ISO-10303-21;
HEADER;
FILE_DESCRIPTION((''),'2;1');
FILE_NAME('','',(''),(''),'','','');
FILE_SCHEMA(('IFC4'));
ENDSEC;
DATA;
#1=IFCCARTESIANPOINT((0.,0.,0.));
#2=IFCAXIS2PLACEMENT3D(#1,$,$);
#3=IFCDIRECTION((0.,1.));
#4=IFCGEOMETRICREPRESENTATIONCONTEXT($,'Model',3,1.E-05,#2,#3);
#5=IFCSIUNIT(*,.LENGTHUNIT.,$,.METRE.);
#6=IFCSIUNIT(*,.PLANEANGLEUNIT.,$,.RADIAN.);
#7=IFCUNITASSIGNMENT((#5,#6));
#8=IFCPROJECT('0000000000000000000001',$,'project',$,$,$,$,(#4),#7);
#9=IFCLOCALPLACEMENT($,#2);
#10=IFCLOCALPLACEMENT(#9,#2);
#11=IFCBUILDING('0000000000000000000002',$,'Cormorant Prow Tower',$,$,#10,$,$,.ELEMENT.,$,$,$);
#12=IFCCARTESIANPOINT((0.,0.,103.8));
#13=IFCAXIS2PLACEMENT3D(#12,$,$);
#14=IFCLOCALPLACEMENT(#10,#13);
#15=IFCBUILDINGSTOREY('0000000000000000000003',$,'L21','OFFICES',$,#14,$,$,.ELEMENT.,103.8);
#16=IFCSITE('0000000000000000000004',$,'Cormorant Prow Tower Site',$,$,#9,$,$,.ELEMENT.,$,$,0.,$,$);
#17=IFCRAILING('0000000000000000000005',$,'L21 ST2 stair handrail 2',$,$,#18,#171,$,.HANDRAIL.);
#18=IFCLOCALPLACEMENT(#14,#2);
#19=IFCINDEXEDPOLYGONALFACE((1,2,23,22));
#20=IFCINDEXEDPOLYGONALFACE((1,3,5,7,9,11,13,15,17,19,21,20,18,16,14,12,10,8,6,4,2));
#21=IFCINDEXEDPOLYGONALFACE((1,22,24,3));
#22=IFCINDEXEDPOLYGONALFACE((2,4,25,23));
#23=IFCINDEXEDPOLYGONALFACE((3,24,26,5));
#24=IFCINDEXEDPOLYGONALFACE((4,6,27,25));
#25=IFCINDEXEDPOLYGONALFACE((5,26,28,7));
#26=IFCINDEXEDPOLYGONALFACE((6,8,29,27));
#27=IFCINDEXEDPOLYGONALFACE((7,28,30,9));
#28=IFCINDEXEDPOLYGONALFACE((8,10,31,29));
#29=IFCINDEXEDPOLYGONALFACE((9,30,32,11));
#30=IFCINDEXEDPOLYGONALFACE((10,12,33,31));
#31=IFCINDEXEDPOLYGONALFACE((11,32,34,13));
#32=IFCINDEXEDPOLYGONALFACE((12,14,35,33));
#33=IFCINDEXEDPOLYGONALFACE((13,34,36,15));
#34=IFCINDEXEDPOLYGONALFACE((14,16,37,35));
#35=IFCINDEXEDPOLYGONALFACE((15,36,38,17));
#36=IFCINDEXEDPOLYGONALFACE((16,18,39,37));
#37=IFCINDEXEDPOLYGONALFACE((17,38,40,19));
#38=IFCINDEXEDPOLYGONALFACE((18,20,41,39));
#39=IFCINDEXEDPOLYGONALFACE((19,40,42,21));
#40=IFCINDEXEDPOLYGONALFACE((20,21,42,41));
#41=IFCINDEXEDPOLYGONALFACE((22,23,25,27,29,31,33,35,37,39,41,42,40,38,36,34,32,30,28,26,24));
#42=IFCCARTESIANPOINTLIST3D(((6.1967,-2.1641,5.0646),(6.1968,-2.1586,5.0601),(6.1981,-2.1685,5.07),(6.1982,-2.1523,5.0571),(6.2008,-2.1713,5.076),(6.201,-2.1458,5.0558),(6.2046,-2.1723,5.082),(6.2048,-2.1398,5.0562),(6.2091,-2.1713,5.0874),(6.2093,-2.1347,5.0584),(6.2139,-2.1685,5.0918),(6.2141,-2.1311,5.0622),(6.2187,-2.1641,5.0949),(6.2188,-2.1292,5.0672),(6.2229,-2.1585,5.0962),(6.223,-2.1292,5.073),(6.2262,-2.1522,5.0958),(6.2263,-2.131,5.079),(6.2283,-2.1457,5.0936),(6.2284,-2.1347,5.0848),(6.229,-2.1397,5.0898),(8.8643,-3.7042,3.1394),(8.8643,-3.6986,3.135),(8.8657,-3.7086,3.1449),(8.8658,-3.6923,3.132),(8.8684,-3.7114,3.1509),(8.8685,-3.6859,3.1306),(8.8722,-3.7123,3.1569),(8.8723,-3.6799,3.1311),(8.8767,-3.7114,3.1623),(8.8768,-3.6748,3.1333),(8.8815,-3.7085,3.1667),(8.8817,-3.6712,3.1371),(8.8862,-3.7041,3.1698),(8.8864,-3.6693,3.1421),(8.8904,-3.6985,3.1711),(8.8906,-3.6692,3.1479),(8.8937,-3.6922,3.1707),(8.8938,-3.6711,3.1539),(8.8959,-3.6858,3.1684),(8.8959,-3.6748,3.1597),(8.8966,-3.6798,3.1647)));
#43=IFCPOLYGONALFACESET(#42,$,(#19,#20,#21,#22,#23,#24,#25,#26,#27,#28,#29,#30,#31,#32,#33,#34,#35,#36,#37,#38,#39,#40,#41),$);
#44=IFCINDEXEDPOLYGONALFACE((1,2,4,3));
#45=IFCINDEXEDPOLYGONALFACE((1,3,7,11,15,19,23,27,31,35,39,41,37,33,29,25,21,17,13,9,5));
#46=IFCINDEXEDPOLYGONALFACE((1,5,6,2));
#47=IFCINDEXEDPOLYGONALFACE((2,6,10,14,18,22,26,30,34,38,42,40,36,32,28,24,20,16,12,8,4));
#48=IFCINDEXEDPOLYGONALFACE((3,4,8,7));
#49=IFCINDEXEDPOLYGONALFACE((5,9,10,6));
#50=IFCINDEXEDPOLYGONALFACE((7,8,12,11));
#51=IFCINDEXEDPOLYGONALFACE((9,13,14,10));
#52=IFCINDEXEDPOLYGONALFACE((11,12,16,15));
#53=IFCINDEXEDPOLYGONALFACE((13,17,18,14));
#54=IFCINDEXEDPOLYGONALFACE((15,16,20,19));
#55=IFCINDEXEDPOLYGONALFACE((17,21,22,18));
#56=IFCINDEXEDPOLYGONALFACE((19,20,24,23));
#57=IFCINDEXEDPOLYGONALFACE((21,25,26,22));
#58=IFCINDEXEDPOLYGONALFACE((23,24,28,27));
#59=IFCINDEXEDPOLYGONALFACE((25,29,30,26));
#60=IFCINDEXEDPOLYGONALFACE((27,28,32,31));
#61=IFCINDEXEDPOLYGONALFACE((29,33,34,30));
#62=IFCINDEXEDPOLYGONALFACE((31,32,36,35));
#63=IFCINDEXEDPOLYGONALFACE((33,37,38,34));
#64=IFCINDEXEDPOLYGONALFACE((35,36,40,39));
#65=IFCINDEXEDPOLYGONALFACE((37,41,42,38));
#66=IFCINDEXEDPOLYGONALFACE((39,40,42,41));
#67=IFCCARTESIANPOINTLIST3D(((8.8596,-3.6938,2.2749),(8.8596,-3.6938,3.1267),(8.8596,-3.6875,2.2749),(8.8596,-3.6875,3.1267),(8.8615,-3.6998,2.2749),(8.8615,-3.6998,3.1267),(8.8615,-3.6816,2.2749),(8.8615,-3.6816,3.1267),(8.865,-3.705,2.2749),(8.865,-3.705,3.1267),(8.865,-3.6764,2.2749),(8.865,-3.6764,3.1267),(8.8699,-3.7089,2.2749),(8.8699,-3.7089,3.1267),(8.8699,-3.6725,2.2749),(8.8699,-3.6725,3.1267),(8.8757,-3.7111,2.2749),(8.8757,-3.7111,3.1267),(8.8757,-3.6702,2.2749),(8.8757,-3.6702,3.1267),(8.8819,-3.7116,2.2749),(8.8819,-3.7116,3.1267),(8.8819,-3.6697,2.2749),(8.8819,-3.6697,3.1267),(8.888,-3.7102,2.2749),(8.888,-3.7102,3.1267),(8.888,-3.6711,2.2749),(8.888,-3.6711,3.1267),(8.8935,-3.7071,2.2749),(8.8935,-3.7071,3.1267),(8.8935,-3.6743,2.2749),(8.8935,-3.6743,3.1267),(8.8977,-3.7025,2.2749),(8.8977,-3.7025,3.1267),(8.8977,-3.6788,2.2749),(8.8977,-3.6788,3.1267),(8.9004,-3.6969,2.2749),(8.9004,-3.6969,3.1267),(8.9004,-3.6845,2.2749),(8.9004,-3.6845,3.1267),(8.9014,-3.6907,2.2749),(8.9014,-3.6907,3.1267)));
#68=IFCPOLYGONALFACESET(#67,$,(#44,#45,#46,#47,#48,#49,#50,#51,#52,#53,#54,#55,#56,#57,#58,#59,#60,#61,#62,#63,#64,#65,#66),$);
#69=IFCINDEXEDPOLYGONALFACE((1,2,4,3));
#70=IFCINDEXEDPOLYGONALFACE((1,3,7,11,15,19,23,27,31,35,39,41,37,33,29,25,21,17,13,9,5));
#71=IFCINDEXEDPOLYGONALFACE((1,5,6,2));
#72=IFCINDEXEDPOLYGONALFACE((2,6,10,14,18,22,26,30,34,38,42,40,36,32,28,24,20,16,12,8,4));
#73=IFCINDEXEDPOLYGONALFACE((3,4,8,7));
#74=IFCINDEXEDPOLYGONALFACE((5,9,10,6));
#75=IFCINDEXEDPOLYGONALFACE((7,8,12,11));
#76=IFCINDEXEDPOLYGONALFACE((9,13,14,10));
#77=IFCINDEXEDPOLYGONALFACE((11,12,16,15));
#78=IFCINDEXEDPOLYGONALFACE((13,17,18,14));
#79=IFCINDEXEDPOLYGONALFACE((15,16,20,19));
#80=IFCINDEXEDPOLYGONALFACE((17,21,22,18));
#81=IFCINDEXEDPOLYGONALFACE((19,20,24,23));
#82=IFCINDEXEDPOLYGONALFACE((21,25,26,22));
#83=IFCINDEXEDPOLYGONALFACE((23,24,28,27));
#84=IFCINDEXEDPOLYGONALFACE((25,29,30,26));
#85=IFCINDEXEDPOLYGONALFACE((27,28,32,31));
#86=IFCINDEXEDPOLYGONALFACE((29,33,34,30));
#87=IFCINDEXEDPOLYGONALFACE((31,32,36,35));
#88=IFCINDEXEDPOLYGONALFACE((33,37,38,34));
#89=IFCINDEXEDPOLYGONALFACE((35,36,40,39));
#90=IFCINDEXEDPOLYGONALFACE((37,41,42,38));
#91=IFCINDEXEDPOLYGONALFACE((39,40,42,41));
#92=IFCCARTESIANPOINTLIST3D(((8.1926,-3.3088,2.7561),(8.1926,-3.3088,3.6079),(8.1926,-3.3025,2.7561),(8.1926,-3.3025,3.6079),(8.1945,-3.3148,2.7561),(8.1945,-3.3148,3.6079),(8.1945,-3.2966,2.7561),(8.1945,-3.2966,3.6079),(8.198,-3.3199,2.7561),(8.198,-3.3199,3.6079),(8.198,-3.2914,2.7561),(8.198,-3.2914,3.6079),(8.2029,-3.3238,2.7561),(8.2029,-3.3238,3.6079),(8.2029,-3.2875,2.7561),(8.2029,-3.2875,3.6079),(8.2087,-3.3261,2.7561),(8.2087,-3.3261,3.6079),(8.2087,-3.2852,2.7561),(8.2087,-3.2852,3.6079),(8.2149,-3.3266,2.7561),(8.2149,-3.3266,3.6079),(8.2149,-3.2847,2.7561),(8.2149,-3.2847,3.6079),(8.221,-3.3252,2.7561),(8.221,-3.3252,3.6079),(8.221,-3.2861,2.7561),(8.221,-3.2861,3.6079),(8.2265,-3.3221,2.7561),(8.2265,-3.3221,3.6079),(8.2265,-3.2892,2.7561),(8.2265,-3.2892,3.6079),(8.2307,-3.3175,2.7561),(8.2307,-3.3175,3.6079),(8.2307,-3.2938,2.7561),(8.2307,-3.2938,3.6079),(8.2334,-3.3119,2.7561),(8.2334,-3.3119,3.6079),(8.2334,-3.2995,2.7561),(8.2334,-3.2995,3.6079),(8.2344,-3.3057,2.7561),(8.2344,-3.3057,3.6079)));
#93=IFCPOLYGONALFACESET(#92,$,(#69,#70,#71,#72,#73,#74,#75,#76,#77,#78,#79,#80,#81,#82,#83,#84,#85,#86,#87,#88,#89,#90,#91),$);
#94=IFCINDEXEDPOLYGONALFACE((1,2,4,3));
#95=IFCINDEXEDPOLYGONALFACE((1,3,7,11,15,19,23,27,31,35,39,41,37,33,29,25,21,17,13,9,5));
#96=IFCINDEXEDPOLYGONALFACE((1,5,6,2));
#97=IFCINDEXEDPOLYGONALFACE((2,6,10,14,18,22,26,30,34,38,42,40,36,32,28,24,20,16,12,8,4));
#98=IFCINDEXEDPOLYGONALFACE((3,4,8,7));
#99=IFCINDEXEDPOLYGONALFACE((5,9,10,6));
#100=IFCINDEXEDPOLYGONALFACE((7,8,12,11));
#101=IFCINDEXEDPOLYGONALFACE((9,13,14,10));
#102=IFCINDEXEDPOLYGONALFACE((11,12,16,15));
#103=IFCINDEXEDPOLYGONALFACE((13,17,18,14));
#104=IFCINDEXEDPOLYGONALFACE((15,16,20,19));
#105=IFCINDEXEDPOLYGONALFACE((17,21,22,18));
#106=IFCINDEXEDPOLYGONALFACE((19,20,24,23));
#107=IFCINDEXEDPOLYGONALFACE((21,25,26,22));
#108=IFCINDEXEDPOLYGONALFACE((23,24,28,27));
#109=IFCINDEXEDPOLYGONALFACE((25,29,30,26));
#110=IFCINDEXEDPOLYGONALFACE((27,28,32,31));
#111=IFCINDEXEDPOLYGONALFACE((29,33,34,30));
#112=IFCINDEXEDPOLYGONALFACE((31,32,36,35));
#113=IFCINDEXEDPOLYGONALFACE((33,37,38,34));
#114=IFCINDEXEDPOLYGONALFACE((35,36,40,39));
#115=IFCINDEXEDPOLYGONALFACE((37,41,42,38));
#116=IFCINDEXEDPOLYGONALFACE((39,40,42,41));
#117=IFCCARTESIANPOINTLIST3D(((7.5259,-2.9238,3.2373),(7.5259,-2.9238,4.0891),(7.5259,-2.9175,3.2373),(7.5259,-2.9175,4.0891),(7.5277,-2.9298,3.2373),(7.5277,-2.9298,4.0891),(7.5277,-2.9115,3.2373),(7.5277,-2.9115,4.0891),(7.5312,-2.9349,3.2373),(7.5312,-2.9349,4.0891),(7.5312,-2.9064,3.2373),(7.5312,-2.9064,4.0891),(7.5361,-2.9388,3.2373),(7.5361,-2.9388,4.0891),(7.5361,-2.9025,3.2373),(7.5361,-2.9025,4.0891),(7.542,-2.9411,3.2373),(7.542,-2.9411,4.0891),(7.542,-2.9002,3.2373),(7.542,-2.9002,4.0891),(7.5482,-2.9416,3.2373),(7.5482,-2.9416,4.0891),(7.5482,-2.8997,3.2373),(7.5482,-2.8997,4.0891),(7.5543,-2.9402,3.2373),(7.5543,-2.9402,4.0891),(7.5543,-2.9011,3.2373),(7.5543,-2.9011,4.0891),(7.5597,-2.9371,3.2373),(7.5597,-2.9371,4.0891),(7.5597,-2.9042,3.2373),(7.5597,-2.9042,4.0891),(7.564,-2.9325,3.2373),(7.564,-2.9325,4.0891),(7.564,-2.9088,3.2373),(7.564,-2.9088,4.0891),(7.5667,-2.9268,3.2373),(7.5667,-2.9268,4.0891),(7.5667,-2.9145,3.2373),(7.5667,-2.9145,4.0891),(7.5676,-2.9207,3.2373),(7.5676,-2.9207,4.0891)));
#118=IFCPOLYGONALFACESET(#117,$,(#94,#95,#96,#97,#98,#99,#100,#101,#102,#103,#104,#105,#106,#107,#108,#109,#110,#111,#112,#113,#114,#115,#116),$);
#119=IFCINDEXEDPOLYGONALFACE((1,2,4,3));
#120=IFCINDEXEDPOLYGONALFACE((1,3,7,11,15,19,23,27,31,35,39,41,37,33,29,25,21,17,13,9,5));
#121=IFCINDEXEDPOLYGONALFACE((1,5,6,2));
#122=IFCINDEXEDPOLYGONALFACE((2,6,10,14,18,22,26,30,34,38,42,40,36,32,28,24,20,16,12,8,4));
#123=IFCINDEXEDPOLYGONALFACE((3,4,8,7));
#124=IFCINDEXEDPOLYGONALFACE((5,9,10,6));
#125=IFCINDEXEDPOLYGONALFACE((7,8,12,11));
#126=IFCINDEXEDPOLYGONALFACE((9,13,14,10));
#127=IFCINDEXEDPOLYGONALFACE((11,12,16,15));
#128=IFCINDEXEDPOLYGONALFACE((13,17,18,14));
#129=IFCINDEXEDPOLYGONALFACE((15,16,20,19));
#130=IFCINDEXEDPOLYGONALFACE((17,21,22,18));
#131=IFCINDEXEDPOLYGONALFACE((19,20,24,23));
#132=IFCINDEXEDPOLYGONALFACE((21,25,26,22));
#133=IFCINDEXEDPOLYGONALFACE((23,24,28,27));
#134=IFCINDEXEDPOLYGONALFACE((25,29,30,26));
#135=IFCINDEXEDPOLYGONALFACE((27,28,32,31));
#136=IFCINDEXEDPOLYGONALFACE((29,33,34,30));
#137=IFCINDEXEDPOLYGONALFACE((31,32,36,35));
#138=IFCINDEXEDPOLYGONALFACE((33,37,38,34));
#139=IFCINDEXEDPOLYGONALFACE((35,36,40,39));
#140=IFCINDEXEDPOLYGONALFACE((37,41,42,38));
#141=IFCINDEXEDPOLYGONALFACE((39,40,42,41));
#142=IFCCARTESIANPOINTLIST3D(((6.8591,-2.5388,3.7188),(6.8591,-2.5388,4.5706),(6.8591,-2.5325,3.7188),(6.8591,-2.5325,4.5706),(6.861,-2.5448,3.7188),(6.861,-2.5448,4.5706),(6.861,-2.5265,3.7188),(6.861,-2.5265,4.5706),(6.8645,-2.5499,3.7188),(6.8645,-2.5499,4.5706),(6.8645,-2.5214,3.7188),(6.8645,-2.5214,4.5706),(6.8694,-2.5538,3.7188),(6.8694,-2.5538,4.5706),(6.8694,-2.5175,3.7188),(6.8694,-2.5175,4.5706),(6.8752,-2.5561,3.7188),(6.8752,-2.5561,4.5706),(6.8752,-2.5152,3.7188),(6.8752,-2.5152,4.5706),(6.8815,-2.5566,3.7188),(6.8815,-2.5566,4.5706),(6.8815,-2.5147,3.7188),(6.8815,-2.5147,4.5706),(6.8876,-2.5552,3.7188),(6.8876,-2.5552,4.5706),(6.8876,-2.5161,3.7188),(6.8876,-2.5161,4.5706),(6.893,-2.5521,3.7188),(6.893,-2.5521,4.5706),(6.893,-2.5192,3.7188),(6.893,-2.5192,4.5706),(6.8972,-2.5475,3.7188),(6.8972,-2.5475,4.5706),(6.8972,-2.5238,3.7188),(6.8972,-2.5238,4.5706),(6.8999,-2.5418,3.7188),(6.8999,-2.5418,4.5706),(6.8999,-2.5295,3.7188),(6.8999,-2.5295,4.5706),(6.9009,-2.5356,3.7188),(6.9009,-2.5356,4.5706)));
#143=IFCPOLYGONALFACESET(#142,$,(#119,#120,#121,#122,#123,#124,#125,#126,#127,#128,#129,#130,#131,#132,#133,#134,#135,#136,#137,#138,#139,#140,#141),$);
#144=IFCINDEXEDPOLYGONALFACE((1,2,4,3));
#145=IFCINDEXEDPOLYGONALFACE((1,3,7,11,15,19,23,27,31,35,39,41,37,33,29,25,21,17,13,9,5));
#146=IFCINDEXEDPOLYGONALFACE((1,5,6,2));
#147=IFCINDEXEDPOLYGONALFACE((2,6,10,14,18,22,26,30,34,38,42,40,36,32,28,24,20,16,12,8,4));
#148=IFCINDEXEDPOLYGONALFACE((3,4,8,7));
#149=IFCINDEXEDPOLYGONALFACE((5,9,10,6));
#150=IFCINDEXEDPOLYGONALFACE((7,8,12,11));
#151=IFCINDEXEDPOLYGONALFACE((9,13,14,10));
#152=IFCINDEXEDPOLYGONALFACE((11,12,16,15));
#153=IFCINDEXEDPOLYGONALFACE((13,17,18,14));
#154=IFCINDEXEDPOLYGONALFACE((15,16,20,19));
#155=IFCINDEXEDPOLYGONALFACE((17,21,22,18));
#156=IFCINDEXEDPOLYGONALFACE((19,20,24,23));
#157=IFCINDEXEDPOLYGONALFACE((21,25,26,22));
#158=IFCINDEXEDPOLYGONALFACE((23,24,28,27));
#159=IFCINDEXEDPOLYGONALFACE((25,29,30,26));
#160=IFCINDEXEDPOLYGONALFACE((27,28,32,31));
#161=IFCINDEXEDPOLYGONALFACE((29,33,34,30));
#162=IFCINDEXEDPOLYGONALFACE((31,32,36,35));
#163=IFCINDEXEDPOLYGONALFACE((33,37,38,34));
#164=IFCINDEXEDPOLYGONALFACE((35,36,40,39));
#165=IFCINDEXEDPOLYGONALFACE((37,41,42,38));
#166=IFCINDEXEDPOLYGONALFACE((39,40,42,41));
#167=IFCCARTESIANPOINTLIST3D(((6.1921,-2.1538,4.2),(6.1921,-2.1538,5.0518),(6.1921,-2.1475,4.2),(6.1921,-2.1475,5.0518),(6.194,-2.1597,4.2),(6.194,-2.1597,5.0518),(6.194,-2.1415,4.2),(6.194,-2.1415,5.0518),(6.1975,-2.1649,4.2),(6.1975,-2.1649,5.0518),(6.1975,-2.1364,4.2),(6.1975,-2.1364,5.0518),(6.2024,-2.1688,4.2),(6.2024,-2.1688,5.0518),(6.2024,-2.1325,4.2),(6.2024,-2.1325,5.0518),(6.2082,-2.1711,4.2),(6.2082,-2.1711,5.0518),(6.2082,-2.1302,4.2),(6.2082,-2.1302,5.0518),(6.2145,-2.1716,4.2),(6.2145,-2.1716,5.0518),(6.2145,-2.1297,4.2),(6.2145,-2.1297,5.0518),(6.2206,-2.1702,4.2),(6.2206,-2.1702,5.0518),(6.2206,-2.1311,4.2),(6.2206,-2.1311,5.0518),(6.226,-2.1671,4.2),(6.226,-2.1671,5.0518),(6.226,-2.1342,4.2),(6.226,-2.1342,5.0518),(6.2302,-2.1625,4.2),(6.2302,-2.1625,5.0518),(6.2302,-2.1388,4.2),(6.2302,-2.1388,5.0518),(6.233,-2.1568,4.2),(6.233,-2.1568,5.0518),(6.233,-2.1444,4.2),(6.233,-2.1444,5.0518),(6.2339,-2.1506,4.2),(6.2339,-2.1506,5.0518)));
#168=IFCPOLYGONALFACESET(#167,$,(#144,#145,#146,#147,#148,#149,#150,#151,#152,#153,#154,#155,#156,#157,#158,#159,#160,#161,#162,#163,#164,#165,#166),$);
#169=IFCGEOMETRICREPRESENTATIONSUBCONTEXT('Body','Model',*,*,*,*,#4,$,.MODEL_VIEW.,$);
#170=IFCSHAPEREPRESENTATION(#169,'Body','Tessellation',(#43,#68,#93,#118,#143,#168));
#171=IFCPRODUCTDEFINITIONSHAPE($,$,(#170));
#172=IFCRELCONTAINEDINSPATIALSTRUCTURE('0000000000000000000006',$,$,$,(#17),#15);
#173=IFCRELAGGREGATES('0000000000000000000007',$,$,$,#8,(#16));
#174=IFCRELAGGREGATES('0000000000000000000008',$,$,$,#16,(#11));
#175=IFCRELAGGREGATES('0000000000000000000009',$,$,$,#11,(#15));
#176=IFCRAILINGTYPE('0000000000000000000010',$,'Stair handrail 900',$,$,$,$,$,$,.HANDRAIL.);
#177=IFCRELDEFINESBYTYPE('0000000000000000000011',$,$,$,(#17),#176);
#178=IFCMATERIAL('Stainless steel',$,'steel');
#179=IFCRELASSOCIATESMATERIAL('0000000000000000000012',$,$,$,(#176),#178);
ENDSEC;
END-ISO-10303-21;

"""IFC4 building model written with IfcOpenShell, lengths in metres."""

from ifc_helpers import new_model, si_unit, direction, frame, origin, origin_2d, place, context, subcontext, project, spatial, circle, extrude, material, type_object, element, save


model = new_model("IFC4")

# Units and contexts
model_context = context("Model", 3, precision=1e-05, world=origin(), true_north=direction((0.0, 1.0)))
body_context = subcontext(model_context, "Body", "Model", "MODEL_VIEW")
ifc_project = project(units=[si_unit("LENGTHUNIT", "METRE"), si_unit("PLANEANGLEUNIT", "RADIAN")], contexts=[model_context])

# Site, building, storey
site_placement = place(None, origin())
site = spatial("IfcSite", under=ifc_project, at=site_placement, Name="Cormorant Prow Tower Site", CompositionType="ELEMENT", RefElevation=0.0)
building_placement = place(site_placement, origin())
building = spatial("IfcBuilding", under=site, at=building_placement, Name="Cormorant Prow Tower", CompositionType="ELEMENT")
storey_placement = place(building_placement, frame((0.0, 0.0, 103.8)))
storey = spatial("IfcBuildingStorey", under=building, at=storey_placement, Name="L21", Description="OFFICES", CompositionType="ELEMENT", Elevation=103.8)

# Railing
ifc_material_1 = material(Name="Stainless steel", Category="steel")
railing_type_1 = type_object("IfcRailingType", Name="Stair handrail 900", PredefinedType="HANDRAIL", material=ifc_material_1)
railing_1_placement = place(storey_placement, frame((8.8804, -3.6907, 2.2749)))
element("IfcRailing", 1, at=railing_1_placement, inside=storey, type_object=railing_type_1, Name="L21 ST2 stair handrail 2", PredefinedType="HANDRAIL", context=body_context, shape_type="SweptSolid", body=[
    extrude(circle(Radius=0.0239, at=origin_2d()), frame((0.0, 0.0, 0.876), z_axis=(-0.734395, 0.423994, 0.529993), x_axis=(-0.499992, -0.86603, 0.0)), (0.0, 0.0, 1.0), 3.6323),
    extrude(circle(Radius=0.021, at=origin_2d()), origin(), (0.0, 0.0, 1.0), 0.8518),
    extrude(circle(Radius=0.021, at=origin_2d()), frame((-0.667, 0.385, 0.4812)), (0.0, 0.0, 1.0), 0.8518),
    extrude(circle(Radius=0.021, at=origin_2d()), frame((-1.3337, 0.77, 0.9624)), (0.0, 0.0, 1.0), 0.8518),
    extrude(circle(Radius=0.021, at=origin_2d()), frame((-2.0005, 1.155, 1.4438)), (0.0, 0.0, 1.0), 0.8518),
    extrude(circle(Radius=0.021, at=origin_2d()), frame((-2.6675, 1.54, 1.925)), (0.0, 0.0, 1.0), 0.8518),
])

save(model, "model.ifc")
